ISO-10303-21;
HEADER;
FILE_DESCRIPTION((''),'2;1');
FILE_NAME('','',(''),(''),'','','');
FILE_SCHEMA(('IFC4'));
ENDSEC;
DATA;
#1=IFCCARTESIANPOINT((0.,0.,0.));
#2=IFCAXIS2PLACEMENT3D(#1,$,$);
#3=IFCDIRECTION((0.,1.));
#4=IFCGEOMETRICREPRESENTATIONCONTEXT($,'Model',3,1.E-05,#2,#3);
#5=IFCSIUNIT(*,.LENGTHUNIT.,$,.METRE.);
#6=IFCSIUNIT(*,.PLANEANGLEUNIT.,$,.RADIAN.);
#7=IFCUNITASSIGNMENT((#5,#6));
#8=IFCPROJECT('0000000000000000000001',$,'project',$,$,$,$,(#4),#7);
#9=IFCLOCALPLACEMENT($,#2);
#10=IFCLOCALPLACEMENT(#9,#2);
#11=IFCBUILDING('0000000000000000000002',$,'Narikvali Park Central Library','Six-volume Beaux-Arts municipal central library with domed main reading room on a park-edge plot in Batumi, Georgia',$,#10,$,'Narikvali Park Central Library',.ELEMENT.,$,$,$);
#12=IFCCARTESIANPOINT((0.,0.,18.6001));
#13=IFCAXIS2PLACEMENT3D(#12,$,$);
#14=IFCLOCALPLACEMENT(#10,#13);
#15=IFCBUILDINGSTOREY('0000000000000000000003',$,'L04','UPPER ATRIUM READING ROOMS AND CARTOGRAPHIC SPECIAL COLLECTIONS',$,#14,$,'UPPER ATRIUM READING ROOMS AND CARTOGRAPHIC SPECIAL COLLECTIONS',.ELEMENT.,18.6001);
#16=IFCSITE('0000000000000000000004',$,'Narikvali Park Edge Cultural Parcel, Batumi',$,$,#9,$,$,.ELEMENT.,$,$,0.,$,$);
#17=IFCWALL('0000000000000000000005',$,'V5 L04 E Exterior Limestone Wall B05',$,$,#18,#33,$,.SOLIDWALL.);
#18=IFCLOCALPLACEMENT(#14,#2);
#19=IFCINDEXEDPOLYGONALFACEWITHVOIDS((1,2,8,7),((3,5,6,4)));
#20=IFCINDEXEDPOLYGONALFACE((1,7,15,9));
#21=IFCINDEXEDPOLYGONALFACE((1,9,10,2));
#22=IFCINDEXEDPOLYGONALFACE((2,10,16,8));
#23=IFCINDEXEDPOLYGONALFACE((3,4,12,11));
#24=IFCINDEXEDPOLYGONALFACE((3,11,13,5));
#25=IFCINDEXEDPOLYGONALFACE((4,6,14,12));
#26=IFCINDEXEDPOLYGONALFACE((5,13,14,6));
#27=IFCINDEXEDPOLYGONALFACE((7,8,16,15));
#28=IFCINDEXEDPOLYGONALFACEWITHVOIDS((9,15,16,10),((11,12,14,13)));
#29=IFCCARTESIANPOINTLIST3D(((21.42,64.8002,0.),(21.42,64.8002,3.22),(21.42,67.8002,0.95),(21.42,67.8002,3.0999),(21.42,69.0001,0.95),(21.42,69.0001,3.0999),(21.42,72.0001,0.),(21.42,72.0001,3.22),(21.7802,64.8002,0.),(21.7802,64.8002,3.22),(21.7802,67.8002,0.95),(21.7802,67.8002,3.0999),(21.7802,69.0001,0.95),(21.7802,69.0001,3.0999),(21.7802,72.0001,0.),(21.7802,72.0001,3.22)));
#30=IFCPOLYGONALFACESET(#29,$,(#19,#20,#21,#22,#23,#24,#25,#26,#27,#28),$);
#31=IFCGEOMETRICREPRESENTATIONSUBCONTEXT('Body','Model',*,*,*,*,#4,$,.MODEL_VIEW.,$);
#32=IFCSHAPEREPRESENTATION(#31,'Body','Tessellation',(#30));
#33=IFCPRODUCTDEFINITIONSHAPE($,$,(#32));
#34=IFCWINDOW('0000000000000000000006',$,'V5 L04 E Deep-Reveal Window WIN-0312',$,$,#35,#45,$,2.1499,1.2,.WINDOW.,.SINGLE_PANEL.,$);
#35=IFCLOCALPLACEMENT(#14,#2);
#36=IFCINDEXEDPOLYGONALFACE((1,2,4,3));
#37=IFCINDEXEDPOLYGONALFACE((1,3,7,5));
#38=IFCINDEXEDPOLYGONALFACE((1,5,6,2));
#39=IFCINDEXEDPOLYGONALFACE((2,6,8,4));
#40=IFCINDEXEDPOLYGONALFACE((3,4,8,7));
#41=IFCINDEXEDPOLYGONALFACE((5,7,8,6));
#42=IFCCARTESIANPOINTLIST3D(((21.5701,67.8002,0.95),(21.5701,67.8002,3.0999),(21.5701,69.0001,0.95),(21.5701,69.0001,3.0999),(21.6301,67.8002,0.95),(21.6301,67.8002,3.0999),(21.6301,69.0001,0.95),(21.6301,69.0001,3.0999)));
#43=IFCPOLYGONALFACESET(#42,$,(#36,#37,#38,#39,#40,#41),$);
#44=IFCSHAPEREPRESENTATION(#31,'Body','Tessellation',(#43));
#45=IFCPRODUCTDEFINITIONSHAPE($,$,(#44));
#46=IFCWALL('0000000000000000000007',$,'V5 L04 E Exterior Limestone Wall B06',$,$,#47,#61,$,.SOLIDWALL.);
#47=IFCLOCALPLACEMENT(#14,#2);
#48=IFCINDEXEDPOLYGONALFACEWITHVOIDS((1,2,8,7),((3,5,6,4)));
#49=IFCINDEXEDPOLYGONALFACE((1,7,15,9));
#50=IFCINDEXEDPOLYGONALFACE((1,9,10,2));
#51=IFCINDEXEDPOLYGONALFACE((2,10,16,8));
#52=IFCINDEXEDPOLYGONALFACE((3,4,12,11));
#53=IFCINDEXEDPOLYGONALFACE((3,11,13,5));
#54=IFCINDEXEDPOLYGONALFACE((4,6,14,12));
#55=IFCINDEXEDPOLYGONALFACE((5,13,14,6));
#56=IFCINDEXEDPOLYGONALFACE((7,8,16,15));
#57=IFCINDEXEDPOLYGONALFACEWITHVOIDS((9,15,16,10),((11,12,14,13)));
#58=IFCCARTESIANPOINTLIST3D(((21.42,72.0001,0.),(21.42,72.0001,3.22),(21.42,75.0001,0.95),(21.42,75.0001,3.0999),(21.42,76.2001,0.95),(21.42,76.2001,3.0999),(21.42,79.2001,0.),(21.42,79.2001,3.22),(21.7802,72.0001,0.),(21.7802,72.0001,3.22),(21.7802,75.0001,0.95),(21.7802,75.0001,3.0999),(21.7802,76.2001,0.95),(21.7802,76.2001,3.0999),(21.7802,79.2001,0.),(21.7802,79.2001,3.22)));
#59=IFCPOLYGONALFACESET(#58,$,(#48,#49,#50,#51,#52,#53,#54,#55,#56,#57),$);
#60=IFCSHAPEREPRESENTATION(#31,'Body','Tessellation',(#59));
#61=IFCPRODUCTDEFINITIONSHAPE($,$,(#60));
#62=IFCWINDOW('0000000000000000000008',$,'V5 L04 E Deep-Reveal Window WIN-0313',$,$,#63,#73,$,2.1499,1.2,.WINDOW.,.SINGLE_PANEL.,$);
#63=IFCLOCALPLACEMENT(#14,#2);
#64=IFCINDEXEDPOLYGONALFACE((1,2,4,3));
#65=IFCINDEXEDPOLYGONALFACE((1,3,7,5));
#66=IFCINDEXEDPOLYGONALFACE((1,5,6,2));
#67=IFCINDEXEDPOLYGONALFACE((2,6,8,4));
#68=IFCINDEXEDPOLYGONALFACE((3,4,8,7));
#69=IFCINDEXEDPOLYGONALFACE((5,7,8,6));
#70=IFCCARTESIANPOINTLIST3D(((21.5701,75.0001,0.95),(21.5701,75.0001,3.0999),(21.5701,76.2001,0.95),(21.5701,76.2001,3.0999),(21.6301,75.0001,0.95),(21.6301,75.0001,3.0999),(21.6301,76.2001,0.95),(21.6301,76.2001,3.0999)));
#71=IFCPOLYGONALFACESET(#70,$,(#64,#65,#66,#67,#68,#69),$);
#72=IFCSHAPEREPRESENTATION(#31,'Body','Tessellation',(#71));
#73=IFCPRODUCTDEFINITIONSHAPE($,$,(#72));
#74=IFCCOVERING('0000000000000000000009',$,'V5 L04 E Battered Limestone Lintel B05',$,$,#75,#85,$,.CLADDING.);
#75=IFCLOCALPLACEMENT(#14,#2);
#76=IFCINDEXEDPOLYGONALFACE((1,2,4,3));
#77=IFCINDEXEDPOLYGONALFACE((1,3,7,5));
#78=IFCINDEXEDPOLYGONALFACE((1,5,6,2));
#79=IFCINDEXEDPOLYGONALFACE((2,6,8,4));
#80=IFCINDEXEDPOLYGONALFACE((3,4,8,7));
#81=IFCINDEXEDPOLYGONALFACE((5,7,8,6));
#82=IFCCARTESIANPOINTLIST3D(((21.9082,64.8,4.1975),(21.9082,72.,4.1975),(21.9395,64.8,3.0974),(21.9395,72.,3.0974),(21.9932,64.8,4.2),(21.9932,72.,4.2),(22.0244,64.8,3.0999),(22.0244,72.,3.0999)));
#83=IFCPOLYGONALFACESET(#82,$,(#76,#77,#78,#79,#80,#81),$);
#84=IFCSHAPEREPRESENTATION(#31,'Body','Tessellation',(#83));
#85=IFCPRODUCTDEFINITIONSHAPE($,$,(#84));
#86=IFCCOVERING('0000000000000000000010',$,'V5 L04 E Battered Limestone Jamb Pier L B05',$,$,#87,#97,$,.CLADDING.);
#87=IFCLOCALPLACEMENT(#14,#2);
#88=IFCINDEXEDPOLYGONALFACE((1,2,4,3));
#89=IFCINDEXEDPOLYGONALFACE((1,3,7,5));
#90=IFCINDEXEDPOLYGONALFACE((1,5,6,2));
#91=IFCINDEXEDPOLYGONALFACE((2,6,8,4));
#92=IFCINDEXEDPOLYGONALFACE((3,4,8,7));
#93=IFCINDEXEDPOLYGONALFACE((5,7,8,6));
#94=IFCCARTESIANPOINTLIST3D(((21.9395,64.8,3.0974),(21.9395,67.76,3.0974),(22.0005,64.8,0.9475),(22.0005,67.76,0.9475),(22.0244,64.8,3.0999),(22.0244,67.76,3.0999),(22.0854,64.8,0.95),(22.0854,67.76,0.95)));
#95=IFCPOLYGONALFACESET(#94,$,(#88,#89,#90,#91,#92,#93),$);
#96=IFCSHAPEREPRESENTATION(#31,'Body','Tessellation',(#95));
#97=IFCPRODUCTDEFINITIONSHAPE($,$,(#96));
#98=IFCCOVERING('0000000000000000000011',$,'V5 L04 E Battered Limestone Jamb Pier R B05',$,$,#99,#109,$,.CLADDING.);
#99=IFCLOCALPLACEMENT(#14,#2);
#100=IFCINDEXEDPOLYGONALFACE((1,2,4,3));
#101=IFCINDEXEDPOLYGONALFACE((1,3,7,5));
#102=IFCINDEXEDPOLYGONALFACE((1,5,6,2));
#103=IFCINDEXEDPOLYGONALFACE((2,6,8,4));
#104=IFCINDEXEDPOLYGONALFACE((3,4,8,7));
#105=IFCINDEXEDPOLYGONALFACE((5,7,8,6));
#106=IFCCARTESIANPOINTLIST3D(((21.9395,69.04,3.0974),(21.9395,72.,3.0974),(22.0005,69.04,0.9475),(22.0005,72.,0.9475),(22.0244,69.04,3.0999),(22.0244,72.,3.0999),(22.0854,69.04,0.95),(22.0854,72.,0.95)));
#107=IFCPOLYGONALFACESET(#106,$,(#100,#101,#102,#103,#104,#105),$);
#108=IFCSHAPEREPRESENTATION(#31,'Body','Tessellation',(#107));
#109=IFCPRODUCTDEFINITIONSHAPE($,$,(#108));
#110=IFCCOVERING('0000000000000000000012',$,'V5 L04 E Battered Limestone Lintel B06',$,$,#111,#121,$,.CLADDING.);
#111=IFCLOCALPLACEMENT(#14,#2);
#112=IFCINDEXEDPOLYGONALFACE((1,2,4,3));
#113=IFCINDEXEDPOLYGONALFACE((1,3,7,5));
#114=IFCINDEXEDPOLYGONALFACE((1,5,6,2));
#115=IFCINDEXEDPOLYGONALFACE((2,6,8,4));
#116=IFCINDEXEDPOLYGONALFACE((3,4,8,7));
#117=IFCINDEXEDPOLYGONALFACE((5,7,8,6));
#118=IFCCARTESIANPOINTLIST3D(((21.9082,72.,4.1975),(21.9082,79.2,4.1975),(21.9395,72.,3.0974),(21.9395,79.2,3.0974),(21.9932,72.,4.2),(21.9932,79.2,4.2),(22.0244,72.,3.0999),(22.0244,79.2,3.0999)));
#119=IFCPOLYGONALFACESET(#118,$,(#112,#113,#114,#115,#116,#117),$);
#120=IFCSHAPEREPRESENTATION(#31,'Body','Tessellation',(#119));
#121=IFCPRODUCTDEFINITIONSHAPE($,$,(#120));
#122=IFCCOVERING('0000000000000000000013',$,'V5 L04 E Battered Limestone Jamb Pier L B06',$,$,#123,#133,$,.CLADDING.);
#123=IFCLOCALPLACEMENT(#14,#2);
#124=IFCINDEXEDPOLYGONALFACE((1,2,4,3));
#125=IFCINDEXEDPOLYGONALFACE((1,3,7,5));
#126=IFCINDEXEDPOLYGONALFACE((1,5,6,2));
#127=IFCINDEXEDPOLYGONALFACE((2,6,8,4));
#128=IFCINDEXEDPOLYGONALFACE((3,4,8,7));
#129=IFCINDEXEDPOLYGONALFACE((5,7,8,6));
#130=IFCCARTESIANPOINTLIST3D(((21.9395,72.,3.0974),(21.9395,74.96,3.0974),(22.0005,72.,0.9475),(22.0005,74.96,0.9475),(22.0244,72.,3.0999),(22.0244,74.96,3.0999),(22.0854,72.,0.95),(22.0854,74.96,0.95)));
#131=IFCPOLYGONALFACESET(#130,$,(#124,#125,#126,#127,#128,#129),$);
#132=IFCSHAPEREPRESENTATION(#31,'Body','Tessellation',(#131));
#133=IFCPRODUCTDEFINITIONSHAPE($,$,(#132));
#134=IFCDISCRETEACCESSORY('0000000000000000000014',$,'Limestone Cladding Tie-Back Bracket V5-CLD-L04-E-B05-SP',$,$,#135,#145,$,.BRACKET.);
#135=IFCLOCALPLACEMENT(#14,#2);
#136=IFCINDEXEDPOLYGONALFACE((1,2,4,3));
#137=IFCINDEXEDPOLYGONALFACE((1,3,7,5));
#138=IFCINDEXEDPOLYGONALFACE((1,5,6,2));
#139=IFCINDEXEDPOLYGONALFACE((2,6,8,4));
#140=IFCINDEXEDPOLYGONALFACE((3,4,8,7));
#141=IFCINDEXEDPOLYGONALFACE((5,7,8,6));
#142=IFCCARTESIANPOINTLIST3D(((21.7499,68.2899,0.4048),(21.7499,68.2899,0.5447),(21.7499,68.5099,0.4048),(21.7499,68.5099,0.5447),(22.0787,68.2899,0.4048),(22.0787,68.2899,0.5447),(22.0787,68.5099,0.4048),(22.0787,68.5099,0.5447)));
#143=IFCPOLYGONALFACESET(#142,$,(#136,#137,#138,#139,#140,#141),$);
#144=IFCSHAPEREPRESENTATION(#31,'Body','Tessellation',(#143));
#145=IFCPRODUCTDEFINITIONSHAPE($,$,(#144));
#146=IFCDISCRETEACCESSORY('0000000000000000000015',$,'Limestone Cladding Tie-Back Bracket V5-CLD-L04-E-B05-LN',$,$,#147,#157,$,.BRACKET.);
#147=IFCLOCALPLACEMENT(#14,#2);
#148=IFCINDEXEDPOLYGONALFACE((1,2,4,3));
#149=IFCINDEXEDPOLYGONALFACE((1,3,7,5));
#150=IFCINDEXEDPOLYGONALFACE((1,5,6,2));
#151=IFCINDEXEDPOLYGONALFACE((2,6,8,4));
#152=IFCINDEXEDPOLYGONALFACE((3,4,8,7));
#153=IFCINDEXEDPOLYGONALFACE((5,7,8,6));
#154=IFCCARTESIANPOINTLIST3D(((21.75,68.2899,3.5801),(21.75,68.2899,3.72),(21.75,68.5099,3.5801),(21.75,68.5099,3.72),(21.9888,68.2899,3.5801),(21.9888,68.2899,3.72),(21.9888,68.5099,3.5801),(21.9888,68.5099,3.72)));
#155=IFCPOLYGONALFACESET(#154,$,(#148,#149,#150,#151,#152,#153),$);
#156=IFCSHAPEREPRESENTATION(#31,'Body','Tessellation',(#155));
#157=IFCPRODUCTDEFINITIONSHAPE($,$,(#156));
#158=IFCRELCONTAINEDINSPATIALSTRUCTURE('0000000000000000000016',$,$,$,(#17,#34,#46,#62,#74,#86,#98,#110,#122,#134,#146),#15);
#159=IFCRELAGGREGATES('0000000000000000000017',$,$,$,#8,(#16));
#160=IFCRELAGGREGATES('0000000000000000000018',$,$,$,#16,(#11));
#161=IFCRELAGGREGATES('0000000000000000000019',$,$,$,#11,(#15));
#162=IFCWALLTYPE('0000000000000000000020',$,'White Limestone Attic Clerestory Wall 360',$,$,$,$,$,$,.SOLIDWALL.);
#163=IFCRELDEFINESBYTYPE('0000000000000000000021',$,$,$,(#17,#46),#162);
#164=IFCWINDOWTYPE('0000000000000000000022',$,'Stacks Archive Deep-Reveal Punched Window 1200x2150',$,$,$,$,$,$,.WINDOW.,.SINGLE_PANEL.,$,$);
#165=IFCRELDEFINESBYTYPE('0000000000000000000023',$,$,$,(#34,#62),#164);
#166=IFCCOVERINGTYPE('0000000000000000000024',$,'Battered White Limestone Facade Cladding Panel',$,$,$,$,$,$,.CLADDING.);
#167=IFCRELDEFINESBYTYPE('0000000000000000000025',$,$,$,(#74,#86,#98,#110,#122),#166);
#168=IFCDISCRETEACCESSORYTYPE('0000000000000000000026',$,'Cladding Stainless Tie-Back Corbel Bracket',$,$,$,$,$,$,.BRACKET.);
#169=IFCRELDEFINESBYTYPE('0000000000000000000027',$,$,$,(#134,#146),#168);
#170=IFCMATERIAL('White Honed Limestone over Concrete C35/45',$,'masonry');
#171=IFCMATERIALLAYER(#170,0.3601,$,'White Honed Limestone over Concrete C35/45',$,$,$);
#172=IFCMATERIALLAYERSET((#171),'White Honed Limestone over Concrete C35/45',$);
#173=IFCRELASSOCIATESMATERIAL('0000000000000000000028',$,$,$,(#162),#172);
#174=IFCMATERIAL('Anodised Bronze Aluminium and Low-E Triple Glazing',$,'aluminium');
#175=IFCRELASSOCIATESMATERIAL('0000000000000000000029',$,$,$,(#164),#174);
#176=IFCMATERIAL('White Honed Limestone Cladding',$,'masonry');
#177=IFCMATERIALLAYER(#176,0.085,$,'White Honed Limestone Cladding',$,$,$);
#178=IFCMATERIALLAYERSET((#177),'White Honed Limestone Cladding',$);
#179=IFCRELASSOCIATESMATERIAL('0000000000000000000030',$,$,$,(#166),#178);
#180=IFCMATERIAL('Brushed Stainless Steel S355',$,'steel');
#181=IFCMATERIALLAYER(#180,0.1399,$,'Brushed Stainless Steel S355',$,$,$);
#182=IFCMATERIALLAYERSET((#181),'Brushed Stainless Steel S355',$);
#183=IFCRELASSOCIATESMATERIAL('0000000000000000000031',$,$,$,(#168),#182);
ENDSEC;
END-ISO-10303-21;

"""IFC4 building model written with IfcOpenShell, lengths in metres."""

from ifc_helpers import new_model, si_unit, direction, frame, frame_2d, origin, origin_2d, place, context, subcontext, project, spatial, polyline, rectangle, outline, extrude, material, layer, layer_set, type_object, element, fill, save


model = new_model("IFC4")

# Units and contexts
model_context = context("Model", 3, precision=1e-05, world=origin(), true_north=direction((0.0, 1.0)))
body_context = subcontext(model_context, "Body", "Model", "MODEL_VIEW")
ifc_project = project(units=[si_unit("LENGTHUNIT", "METRE"), si_unit("PLANEANGLEUNIT", "RADIAN")], contexts=[model_context])

# Site, building, storey
site_placement = place(None, origin())
site = spatial("IfcSite", under=ifc_project, at=site_placement, Name="Narikvali Park Edge Cultural Parcel, Batumi", CompositionType="ELEMENT", RefElevation=0.0)
building_placement = place(site_placement, origin())
building = spatial("IfcBuilding", under=site, at=building_placement, Name="Narikvali Park Central Library", Description="Six-volume Beaux-Arts municipal central library with domed main reading room on a park-edge plot in Batumi, Georgia", LongName="Narikvali Park Central Library", CompositionType="ELEMENT")
storey_placement = place(building_placement, frame((0.0, 0.0, 18.6001)))
storey = spatial("IfcBuildingStorey", under=building, at=storey_placement, Name="L04", Description="UPPER ATRIUM READING ROOMS AND CARTOGRAPHIC SPECIAL COLLECTIONS", LongName="UPPER ATRIUM READING ROOMS AND CARTOGRAPHIC SPECIAL COLLECTIONS", CompositionType="ELEMENT", Elevation=18.6001)

# Walls, openings, windows
ifc_material_1 = material(Name="White Honed Limestone over Concrete C35/45", Category="masonry")
ifc_layer_1 = layer(ifc_material_1, 0.3601, Name="White Honed Limestone over Concrete C35/45")
ifc_layer_set_1 = layer_set([ifc_layer_1], Name="White Honed Limestone over Concrete C35/45")
wall_type_1 = type_object("IfcWallType", Name="White Limestone Attic Clerestory Wall 360", PredefinedType="SOLIDWALL", material=ifc_layer_set_1)
wall_1_placement = place(storey_placement, frame((21.6001, 64.8, 0.0), z_axis=(0.0, 0.0, 1.0), x_axis=(0.0, 1.0, 0.0)))
wall_1 = element("IfcWall", 1, at=wall_1_placement, inside=storey, type_object=wall_type_1, Name="V5 L04 E Exterior Limestone Wall B05", PredefinedType="SOLIDWALL", context=body_context, shape_type="SweptSolid", body=[
    extrude(rectangle(XDim=7.2, YDim=0.3601, at=frame_2d((3.6001, 0.0))), origin(), (0.0, 0.0, 1.0), 3.22),
])
opening_1_placement = place(wall_1_placement, frame((3.0, 0.0, 0.95)))
opening_1 = element("IfcOpeningElement", 2, at=opening_1_placement, cuts=wall_1, PredefinedType="OPENING", context=body_context, shape_type="SweptSolid", body=[
    extrude(rectangle(XDim=1.2, YDim=2.1499, at=frame_2d((0.6001, 1.075))), frame((0.0, 0.1919, 0.0), z_axis=(0.0, -1.0, 0.0), x_axis=(1.0, 0.0, 0.0)), (0.0, 0.0, 1.0), 0.384),
])
ifc_material_2 = material(Name="Anodised Bronze Aluminium and Low-E Triple Glazing", Category="aluminium")
window_type = type_object("IfcWindowType", Name="Stacks Archive Deep-Reveal Punched Window 1200x2150", PartitioningType="SINGLE_PANEL", PredefinedType="WINDOW", material=ifc_material_2)
window_1_placement = place(opening_1_placement, origin())
window_1 = element("IfcWindow", 3, at=window_1_placement, inside=storey, type_object=window_type, Name="V5 L04 E Deep-Reveal Window WIN-0312", OverallHeight=2.1499, OverallWidth=1.2, PartitioningType="SINGLE_PANEL", PredefinedType="WINDOW", context=body_context, shape_type="SweptSolid", body=[
    extrude(rectangle(XDim=1.2, YDim=2.1499, at=frame_2d((0.6001, 1.075))), frame((0.0, 0.03, 0.0), z_axis=(0.0, -1.0, 0.0), x_axis=(1.0, 0.0, 0.0)), (0.0, 0.0, 1.0), 0.0601),
])
fill(opening_1, window_1)
wall_2_placement = place(storey_placement, frame((21.6001, 72.0, 0.0), z_axis=(0.0, 0.0, 1.0), x_axis=(0.0, 1.0, 0.0)))
wall_2 = element("IfcWall", 4, at=wall_2_placement, inside=storey, type_object=wall_type_1, Name="V5 L04 E Exterior Limestone Wall B06", PredefinedType="SOLIDWALL", context=body_context, shape_type="SweptSolid", body=[
    extrude(rectangle(XDim=7.2, YDim=0.3601, at=frame_2d((3.6001, 0.0))), origin(), (0.0, 0.0, 1.0), 3.22),
])
opening_2_placement = place(wall_2_placement, frame((3.0, 0.0, 0.95)))
opening_2 = element("IfcOpeningElement", 5, at=opening_2_placement, cuts=wall_2, PredefinedType="OPENING", context=body_context, shape_type="SweptSolid", body=[
    extrude(rectangle(XDim=1.2, YDim=2.1499, at=frame_2d((0.6001, 1.075))), frame((0.0, 0.1919, 0.0), z_axis=(0.0, -1.0, 0.0), x_axis=(1.0, 0.0, 0.0)), (0.0, 0.0, 1.0), 0.384),
])
window_2_placement = place(opening_2_placement, origin())
window_2 = element("IfcWindow", 6, at=window_2_placement, inside=storey, type_object=window_type, Name="V5 L04 E Deep-Reveal Window WIN-0313", OverallHeight=2.1499, OverallWidth=1.2, PartitioningType="SINGLE_PANEL", PredefinedType="WINDOW", context=body_context, shape_type="SweptSolid", body=[
    extrude(rectangle(XDim=1.2, YDim=2.1499, at=frame_2d((0.6001, 1.075))), frame((0.0, 0.03, 0.0), z_axis=(0.0, -1.0, 0.0), x_axis=(1.0, 0.0, 0.0)), (0.0, 0.0, 1.0), 0.0601),
])
fill(opening_2, window_2)

# Coverings
ifc_material_3 = material(Name="White Honed Limestone Cladding", Category="masonry")
ifc_layer_2 = layer(ifc_material_3, 0.085, Name="White Honed Limestone Cladding")
ifc_layer_set_2 = layer_set([ifc_layer_2], Name="White Honed Limestone Cladding")
covering_type = type_object("IfcCoveringType", Name="Battered White Limestone Facade Cladding Panel", PredefinedType="CLADDING", material=ifc_layer_set_2)
covering_1_placement = place(storey_placement, frame((22.0244, 64.8, 3.0999), z_axis=(0.999597, 0.0, 0.028395), x_axis=(0.0, 1.0, 0.0)))
element("IfcCovering", 7, at=covering_1_placement, inside=storey, type_object=covering_type, Name="V5 L04 E Battered Limestone Lintel B05", PredefinedType="CLADDING", context=body_context, shape_type="SweptSolid", body=[
    extrude(outline(polyline([(0.0, 0.0), (7.2, 0.0), (7.2, 1.1005), (0.0, 1.1005), (0.0, 0.0)])), origin(), (0.0, 0.0, -1.0), 0.085),
])
for number, where, z_axis, x_axis, name in (
    (8, (22.0854, 64.8, 0.95), (0.999597, 0.0, 0.028378), (0.0, 1.0, 0.0), "V5 L04 E Battered Limestone Jamb Pier L B05"),
    (9, (22.0854, 69.04, 0.95), (0.999597, 0.0, 0.028378), (0.0, 1.0, 0.0), "V5 L04 E Battered Limestone Jamb Pier R B05"),
):
    element("IfcCovering", number, at=place(storey_placement, frame(where, z_axis=z_axis, x_axis=x_axis)), inside=storey, type_object=covering_type, Name=name, PredefinedType="CLADDING", context=body_context, shape_type="SweptSolid", body=[
        extrude(outline(polyline([(0.0, 0.0), (2.96, 0.0), (2.96, 2.1508), (0.0, 2.1508), (0.0, 0.0)])), origin(), (0.0, 0.0, -1.0), 0.085),
    ])
covering_2_placement = place(storey_placement, frame((22.0244, 72.0, 3.0999), z_axis=(0.999597, 0.0, 0.028395), x_axis=(0.0, 1.0, 0.0)))
element("IfcCovering", 10, at=covering_2_placement, inside=storey, type_object=covering_type, Name="V5 L04 E Battered Limestone Lintel B06", PredefinedType="CLADDING", context=body_context, shape_type="SweptSolid", body=[
    extrude(outline(polyline([(0.0, 0.0), (7.2, 0.0), (7.2, 1.1005), (0.0, 1.1005), (0.0, 0.0)])), origin(), (0.0, 0.0, -1.0), 0.085),
])
covering_3_placement = place(storey_placement, frame((22.0854, 72.0, 0.95), z_axis=(0.999597, 0.0, 0.028378), x_axis=(0.0, 1.0, 0.0)))
element("IfcCovering", 11, at=covering_3_placement, inside=storey, type_object=covering_type, Name="V5 L04 E Battered Limestone Jamb Pier L B06", PredefinedType="CLADDING", context=body_context, shape_type="SweptSolid", body=[
    extrude(outline(polyline([(0.0, 0.0), (2.96, 0.0), (2.96, 2.1508), (0.0, 2.1508), (0.0, 0.0)])), origin(), (0.0, 0.0, -1.0), 0.085),
])

# Discrete accessories
ifc_material_4 = material(Name="Brushed Stainless Steel S355", Category="steel")
ifc_layer_3 = layer(ifc_material_4, 0.1399, Name="Brushed Stainless Steel S355")
ifc_layer_set_3 = layer_set([ifc_layer_3], Name="Brushed Stainless Steel S355")
discrete_accessory_type = type_object("IfcDiscreteAccessoryType", Name="Cladding Stainless Tie-Back Corbel Bracket", PredefinedType="BRACKET", material=ifc_layer_set_3)
discrete_accessory_1_placement = place(storey_placement, frame((21.9143, 68.3999, 0.4048), z_axis=(0.0, 0.0, 1.0), x_axis=(1.0, 0.0, 0.0)))
element("IfcDiscreteAccessory", 12, at=discrete_accessory_1_placement, inside=storey, type_object=discrete_accessory_type, Name="Limestone Cladding Tie-Back Bracket V5-CLD-L04-E-B05-SP", PredefinedType="BRACKET", context=body_context, shape_type="SweptSolid", body=[
    extrude(rectangle(XDim=0.3289, YDim=0.22, at=origin_2d()), origin(), (0.0, 0.0, 1.0), 0.1399),
])
discrete_accessory_2_placement = place(storey_placement, frame((21.8694, 68.3999, 3.5801), z_axis=(0.0, 0.0, 1.0), x_axis=(1.0, 0.0, 0.0)))
element("IfcDiscreteAccessory", 13, at=discrete_accessory_2_placement, inside=storey, type_object=discrete_accessory_type, Name="Limestone Cladding Tie-Back Bracket V5-CLD-L04-E-B05-LN", PredefinedType="BRACKET", context=body_context, shape_type="SweptSolid", body=[
    extrude(rectangle(XDim=0.2388, YDim=0.22, at=origin_2d()), origin(), (0.0, 0.0, 1.0), 0.1399),
])

save(model, "model.ifc")
